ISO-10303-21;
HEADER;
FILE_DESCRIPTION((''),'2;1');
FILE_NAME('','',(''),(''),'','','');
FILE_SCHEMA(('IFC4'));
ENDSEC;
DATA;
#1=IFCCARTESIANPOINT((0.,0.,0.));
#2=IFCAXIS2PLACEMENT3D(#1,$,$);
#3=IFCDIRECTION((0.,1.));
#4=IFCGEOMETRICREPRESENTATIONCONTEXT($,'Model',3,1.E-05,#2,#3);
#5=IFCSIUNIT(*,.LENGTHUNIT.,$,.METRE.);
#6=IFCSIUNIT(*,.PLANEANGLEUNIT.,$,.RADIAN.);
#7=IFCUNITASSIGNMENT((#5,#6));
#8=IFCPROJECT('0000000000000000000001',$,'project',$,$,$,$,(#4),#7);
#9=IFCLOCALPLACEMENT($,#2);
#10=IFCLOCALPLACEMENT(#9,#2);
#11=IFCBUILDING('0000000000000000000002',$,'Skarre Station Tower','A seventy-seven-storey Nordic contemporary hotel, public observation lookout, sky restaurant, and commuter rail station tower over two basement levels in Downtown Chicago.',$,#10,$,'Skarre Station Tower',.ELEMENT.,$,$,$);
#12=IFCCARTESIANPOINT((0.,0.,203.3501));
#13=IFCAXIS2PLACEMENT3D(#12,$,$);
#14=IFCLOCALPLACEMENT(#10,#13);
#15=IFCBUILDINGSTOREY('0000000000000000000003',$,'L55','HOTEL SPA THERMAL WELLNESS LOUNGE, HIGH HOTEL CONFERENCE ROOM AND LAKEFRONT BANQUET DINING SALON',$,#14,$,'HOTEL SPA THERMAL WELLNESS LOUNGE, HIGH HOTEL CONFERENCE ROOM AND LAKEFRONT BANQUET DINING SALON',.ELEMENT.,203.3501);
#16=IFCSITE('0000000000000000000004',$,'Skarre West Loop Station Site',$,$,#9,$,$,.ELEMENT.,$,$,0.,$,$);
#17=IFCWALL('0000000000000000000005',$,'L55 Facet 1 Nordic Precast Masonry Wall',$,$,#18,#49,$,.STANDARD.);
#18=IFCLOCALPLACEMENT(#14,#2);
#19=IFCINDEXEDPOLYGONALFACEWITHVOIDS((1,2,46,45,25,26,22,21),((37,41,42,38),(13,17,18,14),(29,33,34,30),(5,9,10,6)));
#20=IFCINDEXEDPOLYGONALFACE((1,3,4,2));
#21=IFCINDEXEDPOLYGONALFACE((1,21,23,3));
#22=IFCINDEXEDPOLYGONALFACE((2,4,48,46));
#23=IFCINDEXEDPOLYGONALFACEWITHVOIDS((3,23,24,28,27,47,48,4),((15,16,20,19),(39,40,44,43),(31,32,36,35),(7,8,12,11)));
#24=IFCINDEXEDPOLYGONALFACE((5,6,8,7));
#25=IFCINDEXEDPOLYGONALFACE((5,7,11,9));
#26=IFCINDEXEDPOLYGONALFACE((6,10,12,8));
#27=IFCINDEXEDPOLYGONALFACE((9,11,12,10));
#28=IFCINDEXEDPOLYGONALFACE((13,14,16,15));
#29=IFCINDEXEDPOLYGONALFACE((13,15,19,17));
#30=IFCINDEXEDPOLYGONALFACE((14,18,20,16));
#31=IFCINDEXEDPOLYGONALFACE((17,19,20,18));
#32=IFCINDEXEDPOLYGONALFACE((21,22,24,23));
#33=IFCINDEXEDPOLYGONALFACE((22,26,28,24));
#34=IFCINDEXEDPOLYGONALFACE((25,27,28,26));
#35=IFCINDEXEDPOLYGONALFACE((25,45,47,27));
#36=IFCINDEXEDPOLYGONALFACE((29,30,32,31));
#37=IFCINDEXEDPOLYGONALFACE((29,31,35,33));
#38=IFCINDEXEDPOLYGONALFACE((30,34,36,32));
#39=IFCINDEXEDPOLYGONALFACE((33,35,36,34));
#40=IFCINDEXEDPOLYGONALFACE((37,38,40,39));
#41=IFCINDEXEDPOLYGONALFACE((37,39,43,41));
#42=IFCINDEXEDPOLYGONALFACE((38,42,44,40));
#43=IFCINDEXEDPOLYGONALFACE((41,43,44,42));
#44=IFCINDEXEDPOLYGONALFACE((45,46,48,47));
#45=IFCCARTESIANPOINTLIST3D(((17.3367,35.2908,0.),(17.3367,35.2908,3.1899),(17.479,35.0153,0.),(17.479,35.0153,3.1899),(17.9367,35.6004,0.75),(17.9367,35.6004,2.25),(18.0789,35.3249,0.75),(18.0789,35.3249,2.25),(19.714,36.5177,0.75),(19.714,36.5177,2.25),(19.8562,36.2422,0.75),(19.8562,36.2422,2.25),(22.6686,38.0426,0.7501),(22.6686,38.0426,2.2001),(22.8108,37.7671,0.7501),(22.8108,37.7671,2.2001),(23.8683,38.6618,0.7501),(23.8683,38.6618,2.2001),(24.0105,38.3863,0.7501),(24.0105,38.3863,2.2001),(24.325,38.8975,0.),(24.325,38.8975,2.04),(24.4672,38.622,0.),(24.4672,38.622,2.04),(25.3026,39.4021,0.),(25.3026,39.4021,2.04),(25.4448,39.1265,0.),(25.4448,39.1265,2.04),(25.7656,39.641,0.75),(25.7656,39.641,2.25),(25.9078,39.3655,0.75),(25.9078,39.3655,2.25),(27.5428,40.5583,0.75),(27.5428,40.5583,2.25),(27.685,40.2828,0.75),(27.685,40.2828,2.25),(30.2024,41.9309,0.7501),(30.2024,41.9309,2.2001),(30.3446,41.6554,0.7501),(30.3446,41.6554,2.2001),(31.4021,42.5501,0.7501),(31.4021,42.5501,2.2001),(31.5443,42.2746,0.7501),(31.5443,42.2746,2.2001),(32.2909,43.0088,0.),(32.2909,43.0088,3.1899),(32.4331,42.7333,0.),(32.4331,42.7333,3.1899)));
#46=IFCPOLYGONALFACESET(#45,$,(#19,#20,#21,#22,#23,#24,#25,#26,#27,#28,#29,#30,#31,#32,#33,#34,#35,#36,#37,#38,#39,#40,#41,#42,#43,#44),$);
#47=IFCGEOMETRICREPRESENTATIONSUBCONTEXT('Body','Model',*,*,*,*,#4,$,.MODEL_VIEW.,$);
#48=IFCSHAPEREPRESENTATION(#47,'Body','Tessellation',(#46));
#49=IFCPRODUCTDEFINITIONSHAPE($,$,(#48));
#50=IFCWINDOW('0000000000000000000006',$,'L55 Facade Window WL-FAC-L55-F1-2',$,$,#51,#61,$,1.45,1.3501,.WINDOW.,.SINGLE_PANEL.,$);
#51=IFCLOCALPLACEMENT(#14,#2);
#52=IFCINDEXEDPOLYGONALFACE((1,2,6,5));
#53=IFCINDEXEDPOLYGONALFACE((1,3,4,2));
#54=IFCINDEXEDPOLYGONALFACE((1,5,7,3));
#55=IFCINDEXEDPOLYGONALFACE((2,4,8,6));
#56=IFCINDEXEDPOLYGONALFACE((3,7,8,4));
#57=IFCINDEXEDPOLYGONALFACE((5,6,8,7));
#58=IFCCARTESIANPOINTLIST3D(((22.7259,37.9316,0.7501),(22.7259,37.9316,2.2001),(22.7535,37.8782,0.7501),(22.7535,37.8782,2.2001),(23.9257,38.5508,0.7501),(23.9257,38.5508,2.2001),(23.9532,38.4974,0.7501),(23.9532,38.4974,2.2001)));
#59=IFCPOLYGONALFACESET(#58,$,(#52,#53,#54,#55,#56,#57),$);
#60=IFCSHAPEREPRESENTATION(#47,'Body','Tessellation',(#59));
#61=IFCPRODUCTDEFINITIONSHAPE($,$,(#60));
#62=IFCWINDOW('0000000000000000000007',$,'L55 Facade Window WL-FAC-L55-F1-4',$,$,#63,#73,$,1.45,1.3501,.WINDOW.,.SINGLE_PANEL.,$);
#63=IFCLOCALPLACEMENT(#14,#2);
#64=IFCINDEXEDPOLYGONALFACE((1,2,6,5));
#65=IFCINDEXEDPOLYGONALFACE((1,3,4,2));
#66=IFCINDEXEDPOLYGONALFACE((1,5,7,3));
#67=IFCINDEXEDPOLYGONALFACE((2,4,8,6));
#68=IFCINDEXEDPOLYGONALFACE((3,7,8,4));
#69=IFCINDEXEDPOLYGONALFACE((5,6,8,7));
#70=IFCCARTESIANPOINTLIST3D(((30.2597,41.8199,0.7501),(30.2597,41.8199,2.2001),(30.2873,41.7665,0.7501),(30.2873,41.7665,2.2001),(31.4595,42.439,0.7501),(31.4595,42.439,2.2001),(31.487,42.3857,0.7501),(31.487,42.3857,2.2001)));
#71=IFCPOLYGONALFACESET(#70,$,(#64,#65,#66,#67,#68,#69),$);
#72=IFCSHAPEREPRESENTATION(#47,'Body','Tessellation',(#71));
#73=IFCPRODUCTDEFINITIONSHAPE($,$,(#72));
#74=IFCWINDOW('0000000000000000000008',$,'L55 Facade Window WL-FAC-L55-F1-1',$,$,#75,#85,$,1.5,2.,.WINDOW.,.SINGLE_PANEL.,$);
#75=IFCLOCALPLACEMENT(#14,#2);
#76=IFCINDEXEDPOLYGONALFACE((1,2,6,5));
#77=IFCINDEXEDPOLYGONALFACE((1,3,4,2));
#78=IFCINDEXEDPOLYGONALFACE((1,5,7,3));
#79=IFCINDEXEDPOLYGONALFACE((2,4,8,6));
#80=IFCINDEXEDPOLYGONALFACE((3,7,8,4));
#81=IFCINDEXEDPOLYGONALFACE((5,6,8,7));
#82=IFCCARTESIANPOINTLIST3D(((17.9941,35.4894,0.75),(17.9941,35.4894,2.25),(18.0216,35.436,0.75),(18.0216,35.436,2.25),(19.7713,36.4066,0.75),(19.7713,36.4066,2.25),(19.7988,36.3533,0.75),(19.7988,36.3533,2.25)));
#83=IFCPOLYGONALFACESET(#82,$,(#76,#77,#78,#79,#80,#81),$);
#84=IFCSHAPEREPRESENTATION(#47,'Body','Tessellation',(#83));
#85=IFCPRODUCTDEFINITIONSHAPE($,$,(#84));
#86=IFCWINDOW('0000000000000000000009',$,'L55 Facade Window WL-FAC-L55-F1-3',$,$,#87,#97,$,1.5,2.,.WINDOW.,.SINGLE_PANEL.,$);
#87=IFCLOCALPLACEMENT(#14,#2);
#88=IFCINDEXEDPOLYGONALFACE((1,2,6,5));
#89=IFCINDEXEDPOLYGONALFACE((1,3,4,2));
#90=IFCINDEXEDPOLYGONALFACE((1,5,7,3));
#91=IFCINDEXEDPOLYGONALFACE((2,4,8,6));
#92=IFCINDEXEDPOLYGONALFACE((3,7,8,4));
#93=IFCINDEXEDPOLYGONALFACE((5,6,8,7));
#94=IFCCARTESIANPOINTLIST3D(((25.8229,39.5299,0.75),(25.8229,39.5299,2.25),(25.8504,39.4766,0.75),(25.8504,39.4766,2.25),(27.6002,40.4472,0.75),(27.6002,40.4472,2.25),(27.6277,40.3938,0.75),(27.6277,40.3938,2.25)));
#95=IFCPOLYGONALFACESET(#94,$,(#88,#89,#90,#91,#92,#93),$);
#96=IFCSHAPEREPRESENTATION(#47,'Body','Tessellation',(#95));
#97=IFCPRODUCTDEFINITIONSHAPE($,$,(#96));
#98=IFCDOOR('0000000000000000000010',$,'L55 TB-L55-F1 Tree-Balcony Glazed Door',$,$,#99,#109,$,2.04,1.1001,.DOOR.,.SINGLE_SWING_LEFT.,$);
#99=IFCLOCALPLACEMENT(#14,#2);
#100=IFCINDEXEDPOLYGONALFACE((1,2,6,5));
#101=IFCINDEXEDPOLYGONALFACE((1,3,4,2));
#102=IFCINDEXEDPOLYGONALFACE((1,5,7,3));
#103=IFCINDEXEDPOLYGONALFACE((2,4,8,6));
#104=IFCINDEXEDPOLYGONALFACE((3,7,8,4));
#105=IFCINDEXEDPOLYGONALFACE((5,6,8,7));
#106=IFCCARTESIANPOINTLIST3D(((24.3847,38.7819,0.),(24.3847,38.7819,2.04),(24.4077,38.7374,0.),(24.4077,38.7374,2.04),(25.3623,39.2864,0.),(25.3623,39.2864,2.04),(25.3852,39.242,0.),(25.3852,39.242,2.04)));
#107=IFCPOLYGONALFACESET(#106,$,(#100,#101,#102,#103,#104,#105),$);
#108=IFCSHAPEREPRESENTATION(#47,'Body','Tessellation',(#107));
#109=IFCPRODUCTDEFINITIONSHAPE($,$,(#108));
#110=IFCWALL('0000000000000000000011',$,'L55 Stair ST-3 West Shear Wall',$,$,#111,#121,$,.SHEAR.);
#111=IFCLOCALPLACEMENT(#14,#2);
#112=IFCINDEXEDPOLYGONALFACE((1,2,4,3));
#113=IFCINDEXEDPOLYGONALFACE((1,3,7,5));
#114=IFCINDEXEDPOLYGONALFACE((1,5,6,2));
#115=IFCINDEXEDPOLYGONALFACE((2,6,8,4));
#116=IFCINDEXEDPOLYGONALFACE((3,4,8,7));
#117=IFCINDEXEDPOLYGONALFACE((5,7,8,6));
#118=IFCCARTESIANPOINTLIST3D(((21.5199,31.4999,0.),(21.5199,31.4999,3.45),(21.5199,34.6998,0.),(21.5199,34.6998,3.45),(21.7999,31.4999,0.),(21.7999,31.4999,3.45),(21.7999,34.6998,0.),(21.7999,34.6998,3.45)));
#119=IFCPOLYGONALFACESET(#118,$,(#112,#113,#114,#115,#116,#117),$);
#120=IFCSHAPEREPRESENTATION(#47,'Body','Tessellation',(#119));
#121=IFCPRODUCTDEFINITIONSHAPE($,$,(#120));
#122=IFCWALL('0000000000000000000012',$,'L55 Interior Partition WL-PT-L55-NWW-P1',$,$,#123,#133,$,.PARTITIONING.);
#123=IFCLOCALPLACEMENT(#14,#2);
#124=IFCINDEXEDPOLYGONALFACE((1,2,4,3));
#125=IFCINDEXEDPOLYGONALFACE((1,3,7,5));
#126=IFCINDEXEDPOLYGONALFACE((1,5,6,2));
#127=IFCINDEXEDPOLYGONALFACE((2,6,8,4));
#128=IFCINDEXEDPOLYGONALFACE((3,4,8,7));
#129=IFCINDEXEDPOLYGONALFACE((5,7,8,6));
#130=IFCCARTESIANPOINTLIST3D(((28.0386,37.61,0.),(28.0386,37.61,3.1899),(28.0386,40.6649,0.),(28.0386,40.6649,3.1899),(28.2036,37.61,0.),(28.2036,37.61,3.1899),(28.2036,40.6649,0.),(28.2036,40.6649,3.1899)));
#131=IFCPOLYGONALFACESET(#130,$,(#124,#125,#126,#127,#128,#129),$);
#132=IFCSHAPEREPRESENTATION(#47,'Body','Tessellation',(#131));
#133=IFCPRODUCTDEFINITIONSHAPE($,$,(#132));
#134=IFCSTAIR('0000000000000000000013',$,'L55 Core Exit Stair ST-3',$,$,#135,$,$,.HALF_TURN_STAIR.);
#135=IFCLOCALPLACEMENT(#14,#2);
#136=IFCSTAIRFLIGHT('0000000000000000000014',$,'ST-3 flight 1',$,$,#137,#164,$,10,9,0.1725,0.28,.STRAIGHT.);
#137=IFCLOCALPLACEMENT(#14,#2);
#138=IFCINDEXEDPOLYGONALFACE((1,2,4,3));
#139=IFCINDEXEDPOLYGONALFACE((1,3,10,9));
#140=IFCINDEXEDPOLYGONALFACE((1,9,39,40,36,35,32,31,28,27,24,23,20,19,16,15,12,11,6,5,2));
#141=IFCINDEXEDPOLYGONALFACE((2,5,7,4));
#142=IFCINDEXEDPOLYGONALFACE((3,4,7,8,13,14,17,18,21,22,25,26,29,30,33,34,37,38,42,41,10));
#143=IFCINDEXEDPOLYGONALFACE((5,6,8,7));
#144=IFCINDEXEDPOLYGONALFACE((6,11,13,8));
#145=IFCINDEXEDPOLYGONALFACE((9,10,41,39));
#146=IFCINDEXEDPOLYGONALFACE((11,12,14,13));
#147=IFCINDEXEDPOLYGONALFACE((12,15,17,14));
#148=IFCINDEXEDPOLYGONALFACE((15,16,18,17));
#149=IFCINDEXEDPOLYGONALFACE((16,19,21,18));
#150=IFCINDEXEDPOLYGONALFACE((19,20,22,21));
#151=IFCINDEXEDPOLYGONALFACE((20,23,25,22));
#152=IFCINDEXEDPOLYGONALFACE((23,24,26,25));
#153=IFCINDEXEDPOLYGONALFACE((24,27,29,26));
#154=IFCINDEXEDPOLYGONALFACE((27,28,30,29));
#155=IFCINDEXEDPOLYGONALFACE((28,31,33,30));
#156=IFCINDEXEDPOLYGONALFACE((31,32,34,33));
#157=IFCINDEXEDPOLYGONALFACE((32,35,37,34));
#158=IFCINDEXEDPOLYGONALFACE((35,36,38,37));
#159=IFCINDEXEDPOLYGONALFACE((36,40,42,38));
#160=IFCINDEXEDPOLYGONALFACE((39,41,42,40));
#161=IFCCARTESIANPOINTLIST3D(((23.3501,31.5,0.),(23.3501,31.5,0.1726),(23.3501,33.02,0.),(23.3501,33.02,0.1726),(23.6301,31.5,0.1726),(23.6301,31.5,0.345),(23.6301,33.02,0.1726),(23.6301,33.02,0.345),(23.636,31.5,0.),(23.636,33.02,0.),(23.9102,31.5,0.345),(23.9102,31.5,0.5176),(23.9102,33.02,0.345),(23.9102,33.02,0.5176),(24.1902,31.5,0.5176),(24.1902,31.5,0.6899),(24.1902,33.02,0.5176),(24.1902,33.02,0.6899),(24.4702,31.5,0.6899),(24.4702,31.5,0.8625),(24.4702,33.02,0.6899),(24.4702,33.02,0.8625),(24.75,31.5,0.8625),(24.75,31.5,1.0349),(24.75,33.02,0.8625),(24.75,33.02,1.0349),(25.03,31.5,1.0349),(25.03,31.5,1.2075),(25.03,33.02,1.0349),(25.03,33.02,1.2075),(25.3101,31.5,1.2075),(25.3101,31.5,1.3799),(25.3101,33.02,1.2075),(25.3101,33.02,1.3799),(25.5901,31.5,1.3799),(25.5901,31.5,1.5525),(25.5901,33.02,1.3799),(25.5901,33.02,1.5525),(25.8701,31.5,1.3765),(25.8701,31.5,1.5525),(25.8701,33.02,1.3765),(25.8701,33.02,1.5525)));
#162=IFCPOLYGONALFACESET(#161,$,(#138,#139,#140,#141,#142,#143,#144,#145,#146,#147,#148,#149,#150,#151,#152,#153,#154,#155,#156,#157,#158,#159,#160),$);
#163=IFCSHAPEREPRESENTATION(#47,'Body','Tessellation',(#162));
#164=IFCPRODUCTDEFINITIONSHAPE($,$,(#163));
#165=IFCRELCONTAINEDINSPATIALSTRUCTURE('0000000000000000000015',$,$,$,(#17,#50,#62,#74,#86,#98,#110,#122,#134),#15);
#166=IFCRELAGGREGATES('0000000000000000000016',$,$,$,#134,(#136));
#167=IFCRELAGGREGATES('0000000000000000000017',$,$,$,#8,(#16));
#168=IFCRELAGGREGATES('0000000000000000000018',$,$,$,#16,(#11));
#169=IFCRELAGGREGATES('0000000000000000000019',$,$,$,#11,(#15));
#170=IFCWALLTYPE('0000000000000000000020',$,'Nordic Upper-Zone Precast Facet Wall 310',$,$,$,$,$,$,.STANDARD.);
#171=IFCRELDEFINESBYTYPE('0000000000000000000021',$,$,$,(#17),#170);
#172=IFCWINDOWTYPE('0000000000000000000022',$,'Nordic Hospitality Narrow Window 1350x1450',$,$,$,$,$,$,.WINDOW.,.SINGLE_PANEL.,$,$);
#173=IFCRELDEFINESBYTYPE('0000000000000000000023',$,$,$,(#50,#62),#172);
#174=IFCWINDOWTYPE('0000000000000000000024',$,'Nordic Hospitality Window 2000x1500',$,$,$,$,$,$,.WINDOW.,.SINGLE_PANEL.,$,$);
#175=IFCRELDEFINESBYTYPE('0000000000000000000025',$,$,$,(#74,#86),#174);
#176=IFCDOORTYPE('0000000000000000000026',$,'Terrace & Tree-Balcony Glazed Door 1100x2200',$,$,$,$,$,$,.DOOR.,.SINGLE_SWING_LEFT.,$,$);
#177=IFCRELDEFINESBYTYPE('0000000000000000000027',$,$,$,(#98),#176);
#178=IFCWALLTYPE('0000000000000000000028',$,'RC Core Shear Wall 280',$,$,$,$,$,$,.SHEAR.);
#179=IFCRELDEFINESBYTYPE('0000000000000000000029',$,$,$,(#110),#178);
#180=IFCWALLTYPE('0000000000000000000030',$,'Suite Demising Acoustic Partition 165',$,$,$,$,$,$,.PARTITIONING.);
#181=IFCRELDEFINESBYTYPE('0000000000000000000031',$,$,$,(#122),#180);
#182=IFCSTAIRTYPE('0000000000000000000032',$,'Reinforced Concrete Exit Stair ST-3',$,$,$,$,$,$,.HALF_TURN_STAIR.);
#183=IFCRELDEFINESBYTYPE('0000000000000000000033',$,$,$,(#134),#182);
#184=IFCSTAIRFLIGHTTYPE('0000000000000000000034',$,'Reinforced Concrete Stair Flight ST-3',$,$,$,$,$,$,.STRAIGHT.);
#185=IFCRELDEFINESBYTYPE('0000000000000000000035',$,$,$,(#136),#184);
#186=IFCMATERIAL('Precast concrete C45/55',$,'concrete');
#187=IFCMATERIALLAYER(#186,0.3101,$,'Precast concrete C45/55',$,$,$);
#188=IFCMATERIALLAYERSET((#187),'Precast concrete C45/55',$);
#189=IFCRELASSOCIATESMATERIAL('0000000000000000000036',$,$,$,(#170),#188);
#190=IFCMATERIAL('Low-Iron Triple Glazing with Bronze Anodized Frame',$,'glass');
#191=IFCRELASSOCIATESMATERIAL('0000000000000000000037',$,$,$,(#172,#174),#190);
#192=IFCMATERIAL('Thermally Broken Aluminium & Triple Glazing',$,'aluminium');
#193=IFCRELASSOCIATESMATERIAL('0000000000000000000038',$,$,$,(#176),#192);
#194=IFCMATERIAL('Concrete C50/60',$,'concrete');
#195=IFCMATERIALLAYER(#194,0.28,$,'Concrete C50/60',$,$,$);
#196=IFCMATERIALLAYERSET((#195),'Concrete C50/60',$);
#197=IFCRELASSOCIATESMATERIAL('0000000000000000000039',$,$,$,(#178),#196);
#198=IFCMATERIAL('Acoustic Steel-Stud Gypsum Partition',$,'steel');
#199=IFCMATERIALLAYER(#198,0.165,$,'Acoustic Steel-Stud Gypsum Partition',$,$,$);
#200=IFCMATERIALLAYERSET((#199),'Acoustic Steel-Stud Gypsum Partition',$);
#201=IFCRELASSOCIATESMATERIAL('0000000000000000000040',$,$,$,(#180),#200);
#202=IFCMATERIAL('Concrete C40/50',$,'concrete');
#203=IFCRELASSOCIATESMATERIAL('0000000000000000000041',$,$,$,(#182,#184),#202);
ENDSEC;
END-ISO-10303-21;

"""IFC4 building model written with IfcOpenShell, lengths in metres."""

from ifc_helpers import new_model, si_unit, direction, frame, frame_2d, origin, place, context, subcontext, project, spatial, polyline, rectangle, outline, extrude, material, layer, layer_set, type_object, element, fill, aggregate, save


model = new_model("IFC4")

# Units and contexts
model_context = context("Model", 3, precision=1e-05, world=origin(), true_north=direction((0.0, 1.0)))
body_context = subcontext(model_context, "Body", "Model", "MODEL_VIEW")
ifc_project = project(units=[si_unit("LENGTHUNIT", "METRE"), si_unit("PLANEANGLEUNIT", "RADIAN")], contexts=[model_context])

# Site, building, storey
site_placement = place(None, origin())
site = spatial("IfcSite", under=ifc_project, at=site_placement, Name="Skarre West Loop Station Site", CompositionType="ELEMENT", RefElevation=0.0)
building_placement = place(site_placement, origin())
building = spatial("IfcBuilding", under=site, at=building_placement, Name="Skarre Station Tower", Description="A seventy-seven-storey Nordic contemporary hotel, public observation lookout, sky restaurant, and commuter rail station tower over two basement levels in Downtown Chicago.", LongName="Skarre Station Tower", CompositionType="ELEMENT")
storey_placement = place(building_placement, frame((0.0, 0.0, 203.3501)))
storey = spatial("IfcBuildingStorey", under=building, at=storey_placement, Name="L55", Description="HOTEL SPA THERMAL WELLNESS LOUNGE, HIGH HOTEL CONFERENCE ROOM AND LAKEFRONT BANQUET DINING SALON", LongName="HOTEL SPA THERMAL WELLNESS LOUNGE, HIGH HOTEL CONFERENCE ROOM AND LAKEFRONT BANQUET DINING SALON", CompositionType="ELEMENT", Elevation=203.3501)

# Shared definitions
ifc_material_1 = material(Name="Concrete C50/60", Category="concrete")

# Shared definitions
ifc_material_2 = material(Name="Acoustic Steel-Stud Gypsum Partition", Category="steel")

# Shared definitions
ifc_material_3 = material(Name="Precast concrete C45/55", Category="concrete")

# Wall, openings, windows, door
ifc_layer_1 = layer(ifc_material_3, 0.3101, Name="Precast concrete C45/55")
ifc_layer_set_1 = layer_set([ifc_layer_1], Name="Precast concrete C45/55")
wall_type_1 = type_object("IfcWallType", Name="Nordic Upper-Zone Precast Facet Wall 310", PredefinedType="STANDARD", material=ifc_layer_set_1)
wall_1_placement = place(storey_placement, frame((17.408, 35.1531, 0.0), z_axis=(0.0, 0.0, 1.0), x_axis=(0.888626, 0.458632, 0.0)))
wall_1 = element("IfcWall", 1, at=wall_1_placement, inside=storey, type_object=wall_type_1, Name="L55 Facet 1 Nordic Precast Masonry Wall", PredefinedType="STANDARD", context=body_context, shape_type="SweptSolid", body=[
    extrude(rectangle(XDim=16.8284, YDim=0.3101, at=frame_2d((8.4141, 0.0))), origin(), (0.0, 0.0, 1.0), 3.1899),
])
opening_1_placement = place(wall_1_placement, frame((7.864, 0.0, 0.0)))
opening_1 = element("IfcOpeningElement", 2, at=opening_1_placement, cuts=wall_1, PredefinedType="OPENING", context=body_context, shape_type="SweptSolid", body=[
    extrude(rectangle(XDim=1.1001, YDim=2.04, at=frame_2d((0.55, 1.02))), frame((0.0, 0.165, 0.0), z_axis=(0.0, -1.0, 0.0), x_axis=(1.0, 0.0, 0.0)), (0.0, 0.0, 1.0), 0.3301),
])
opening_2_placement = place(wall_1_placement, frame((0.675, 0.0, 0.75)))
opening_2 = element("IfcOpeningElement", 3, at=opening_2_placement, cuts=wall_1, PredefinedType="OPENING", context=body_context, shape_type="SweptSolid", body=[
    extrude(rectangle(XDim=2.0, YDim=1.5, at=frame_2d((1.0, 0.75))), frame((0.0, 0.165, 0.0), z_axis=(0.0, -1.0, 0.0), x_axis=(1.0, 0.0, 0.0)), (0.0, 0.0, 1.0), 0.3301),
])
opening_3_placement = place(wall_1_placement, frame((6.0, 0.0, 0.75)))
opening_3 = element("IfcOpeningElement", 4, at=opening_3_placement, cuts=wall_1, PredefinedType="OPENING", context=body_context, shape_type="SweptSolid", body=[
    extrude(rectangle(XDim=1.3501, YDim=1.45, at=frame_2d((0.675, 0.7251))), frame((0.0, 0.165, 0.0), z_axis=(0.0, -1.0, 0.0), x_axis=(1.0, 0.0, 0.0)), (0.0, 0.0, 1.0), 0.3301),
])
opening_4_placement = place(wall_1_placement, frame((9.4851, 0.0, 0.75)))
opening_4 = element("IfcOpeningElement", 5, at=opening_4_placement, cuts=wall_1, PredefinedType="OPENING", context=body_context, shape_type="SweptSolid", body=[
    extrude(rectangle(XDim=2.0, YDim=1.5, at=frame_2d((1.0, 0.75))), frame((0.0, 0.165, 0.0), z_axis=(0.0, -1.0, 0.0), x_axis=(1.0, 0.0, 0.0)), (0.0, 0.0, 1.0), 0.3301),
])
opening_5_placement = place(wall_1_placement, frame((14.478, 0.0, 0.75)))
opening_5 = element("IfcOpeningElement", 6, at=opening_5_placement, cuts=wall_1, PredefinedType="OPENING", context=body_context, shape_type="SweptSolid", body=[
    extrude(rectangle(XDim=1.3501, YDim=1.45, at=frame_2d((0.675, 0.7251))), frame((0.0, 0.165, 0.0), z_axis=(0.0, -1.0, 0.0), x_axis=(1.0, 0.0, 0.0)), (0.0, 0.0, 1.0), 0.3301),
])
ifc_material_4 = material(Name="Low-Iron Triple Glazing with Bronze Anodized Frame", Category="glass")
window_type_1 = type_object("IfcWindowType", Name="Nordic Hospitality Narrow Window 1350x1450", PartitioningType="SINGLE_PANEL", PredefinedType="WINDOW", material=ifc_material_4)
window_1_placement = place(opening_3_placement, origin())
window_1 = element("IfcWindow", 7, at=window_1_placement, inside=storey, type_object=window_type_1, Name="L55 Facade Window WL-FAC-L55-F1-2", OverallHeight=1.45, OverallWidth=1.3501, PartitioningType="SINGLE_PANEL", PredefinedType="WINDOW", context=body_context, shape_type="SweptSolid", body=[
    extrude(rectangle(XDim=1.3501, YDim=1.45, at=frame_2d((0.675, 0.7251))), frame((0.0, 0.03, 0.0), z_axis=(0.0, -1.0, 0.0), x_axis=(1.0, 0.0, 0.0)), (0.0, 0.0, 1.0), 0.0601),
])
fill(opening_3, window_1)
window_2_placement = place(opening_5_placement, origin())
window_2 = element("IfcWindow", 8, at=window_2_placement, inside=storey, type_object=window_type_1, Name="L55 Facade Window WL-FAC-L55-F1-4", OverallHeight=1.45, OverallWidth=1.3501, PartitioningType="SINGLE_PANEL", PredefinedType="WINDOW", context=body_context, shape_type="SweptSolid", body=[
    extrude(rectangle(XDim=1.3501, YDim=1.45, at=frame_2d((0.675, 0.7251))), frame((0.0, 0.03, 0.0), z_axis=(0.0, -1.0, 0.0), x_axis=(1.0, 0.0, 0.0)), (0.0, 0.0, 1.0), 0.0601),
])
fill(opening_5, window_2)
window_type_2 = type_object("IfcWindowType", Name="Nordic Hospitality Window 2000x1500", PartitioningType="SINGLE_PANEL", PredefinedType="WINDOW", material=ifc_material_4)
window_3_placement = place(opening_2_placement, origin())
window_3 = element("IfcWindow", 9, at=window_3_placement, inside=storey, type_object=window_type_2, Name="L55 Facade Window WL-FAC-L55-F1-1", OverallHeight=1.5, OverallWidth=2.0, PartitioningType="SINGLE_PANEL", PredefinedType="WINDOW", context=body_context, shape_type="SweptSolid", body=[
    extrude(rectangle(XDim=2.0, YDim=1.5, at=frame_2d((1.0, 0.75))), frame((0.0, 0.03, 0.0), z_axis=(0.0, -1.0, 0.0), x_axis=(1.0, 0.0, 0.0)), (0.0, 0.0, 1.0), 0.0601),
])
fill(opening_2, window_3)
window_4_placement = place(opening_4_placement, origin())
window_4 = element("IfcWindow", 10, at=window_4_placement, inside=storey, type_object=window_type_2, Name="L55 Facade Window WL-FAC-L55-F1-3", OverallHeight=1.5, OverallWidth=2.0, PartitioningType="SINGLE_PANEL", PredefinedType="WINDOW", context=body_context, shape_type="SweptSolid", body=[
    extrude(rectangle(XDim=2.0, YDim=1.5, at=frame_2d((1.0, 0.75))), frame((0.0, 0.03, 0.0), z_axis=(0.0, -1.0, 0.0), x_axis=(1.0, 0.0, 0.0)), (0.0, 0.0, 1.0), 0.0601),
])
fill(opening_4, window_4)
ifc_material_5 = material(Name="Thermally Broken Aluminium & Triple Glazing", Category="aluminium")
door_type_1 = type_object("IfcDoorType", Name="Terrace & Tree-Balcony Glazed Door 1100x2200", OperationType="SINGLE_SWING_LEFT", PredefinedType="DOOR", material=ifc_material_5)
door_1_placement = place(opening_1_placement, origin())
door_1 = element("IfcDoor", 11, at=door_1_placement, inside=storey, type_object=door_type_1, Name="L55 TB-L55-F1 Tree-Balcony Glazed Door", OperationType="SINGLE_SWING_LEFT", OverallHeight=2.04, OverallWidth=1.1001, PredefinedType="DOOR", context=body_context, shape_type="SweptSolid", body=[
    extrude(rectangle(XDim=1.1001, YDim=2.04, at=frame_2d((0.55, 1.02))), frame((0.0, 0.0249, 0.0), z_axis=(0.0, -1.0, 0.0), x_axis=(1.0, 0.0, 0.0)), (0.0, 0.0, 1.0), 0.05),
])
fill(opening_1, door_1)

# Walls
ifc_layer_2 = layer(ifc_material_1, 0.28, Name="Concrete C50/60")
ifc_layer_set_2 = layer_set([ifc_layer_2], Name="Concrete C50/60")
wall_type_2 = type_object("IfcWallType", Name="RC Core Shear Wall 280", PredefinedType="SHEAR", material=ifc_layer_set_2)
wall_2_placement = place(storey_placement, frame((21.6599, 34.7, 0.0), z_axis=(0.0, 0.0, 1.0), x_axis=(0.0, -1.0, 0.0)))
element("IfcWall", 12, at=wall_2_placement, inside=storey, type_object=wall_type_2, Name="L55 Stair ST-3 West Shear Wall", PredefinedType="SHEAR", context=body_context, shape_type="SweptSolid", body=[
    extrude(rectangle(XDim=3.2, YDim=0.28, at=frame_2d((1.6001, 0.0))), origin(), (0.0, 0.0, 1.0), 3.45),
])
ifc_layer_3 = layer(ifc_material_2, 0.165, Name="Acoustic Steel-Stud Gypsum Partition")
ifc_layer_set_3 = layer_set([ifc_layer_3], Name="Acoustic Steel-Stud Gypsum Partition")
wall_type_3 = type_object("IfcWallType", Name="Suite Demising Acoustic Partition 165", PredefinedType="PARTITIONING", material=ifc_layer_set_3)
wall_3_placement = place(storey_placement, frame((28.1211, 37.6101, 0.0), z_axis=(0.0, 0.0, 1.0), x_axis=(0.0, 1.0, 0.0)))
element("IfcWall", 13, at=wall_3_placement, inside=storey, type_object=wall_type_3, Name="L55 Interior Partition WL-PT-L55-NWW-P1", PredefinedType="PARTITIONING", context=body_context, shape_type="SweptSolid", body=[
    extrude(rectangle(XDim=3.0549, YDim=0.165, at=frame_2d((1.5273, 0.0))), origin(), (0.0, 0.0, 1.0), 3.1899),
])

# Stair, stair flight
ifc_material_6 = material(Name="Concrete C40/50", Category="concrete")
stair_type = type_object("IfcStairType", Name="Reinforced Concrete Exit Stair ST-3", PredefinedType="HALF_TURN_STAIR", material=ifc_material_6)
stair_placement = place(storey_placement, origin())
stair = element("IfcStair", 14, at=stair_placement, inside=storey, type_object=stair_type, Name="L55 Core Exit Stair ST-3", PredefinedType="HALF_TURN_STAIR")
stair_flight_type = type_object("IfcStairFlightType", Name="Reinforced Concrete Stair Flight ST-3", PredefinedType="STRAIGHT", material=ifc_material_6)
stair_flight_1_placement = place(storey_placement, frame((23.3501, 32.26, 0.0), z_axis=(0.0, 0.0, 1.0), x_axis=(1.0, 0.0, 0.0)))
stair_flight_1 = element("IfcStairFlight", 15, at=stair_flight_1_placement, type_object=stair_flight_type, Name="ST-3 flight 1", NumberOfRisers=10, NumberOfTreads=9, PredefinedType="STRAIGHT", RiserHeight=0.1725, TreadLength=0.28, context=body_context, shape_type="SweptSolid", body=[
    extrude(outline(polyline([(0.0, 0.0), (0.0, 0.1726), (0.28, 0.1726), (0.28, 0.345), (0.5601, 0.345), (0.5601, 0.5176), (0.8401, 0.5176), (0.8401, 0.6899), (1.1201, 0.6899), (1.1201, 0.8625), (1.3999, 0.8625), (1.3999, 1.0349), (1.6799, 1.0349), (1.6799, 1.2075), (1.96, 1.2075), (1.96, 1.3799), (2.24, 1.3799), (2.24, 1.5525), (2.52, 1.5525), (2.52, 1.7251), (2.52, 1.3765), (0.2859, 0.0), (0.0, 0.0)])), frame((0.0, 0.76, 0.0), z_axis=(0.0, -1.0, 0.0), x_axis=(1.0, 0.0, 0.0)), (0.0, 0.0, 1.0), 1.52),
])
aggregate(stair, [stair_flight_1])

save(model, "model.ifc")
